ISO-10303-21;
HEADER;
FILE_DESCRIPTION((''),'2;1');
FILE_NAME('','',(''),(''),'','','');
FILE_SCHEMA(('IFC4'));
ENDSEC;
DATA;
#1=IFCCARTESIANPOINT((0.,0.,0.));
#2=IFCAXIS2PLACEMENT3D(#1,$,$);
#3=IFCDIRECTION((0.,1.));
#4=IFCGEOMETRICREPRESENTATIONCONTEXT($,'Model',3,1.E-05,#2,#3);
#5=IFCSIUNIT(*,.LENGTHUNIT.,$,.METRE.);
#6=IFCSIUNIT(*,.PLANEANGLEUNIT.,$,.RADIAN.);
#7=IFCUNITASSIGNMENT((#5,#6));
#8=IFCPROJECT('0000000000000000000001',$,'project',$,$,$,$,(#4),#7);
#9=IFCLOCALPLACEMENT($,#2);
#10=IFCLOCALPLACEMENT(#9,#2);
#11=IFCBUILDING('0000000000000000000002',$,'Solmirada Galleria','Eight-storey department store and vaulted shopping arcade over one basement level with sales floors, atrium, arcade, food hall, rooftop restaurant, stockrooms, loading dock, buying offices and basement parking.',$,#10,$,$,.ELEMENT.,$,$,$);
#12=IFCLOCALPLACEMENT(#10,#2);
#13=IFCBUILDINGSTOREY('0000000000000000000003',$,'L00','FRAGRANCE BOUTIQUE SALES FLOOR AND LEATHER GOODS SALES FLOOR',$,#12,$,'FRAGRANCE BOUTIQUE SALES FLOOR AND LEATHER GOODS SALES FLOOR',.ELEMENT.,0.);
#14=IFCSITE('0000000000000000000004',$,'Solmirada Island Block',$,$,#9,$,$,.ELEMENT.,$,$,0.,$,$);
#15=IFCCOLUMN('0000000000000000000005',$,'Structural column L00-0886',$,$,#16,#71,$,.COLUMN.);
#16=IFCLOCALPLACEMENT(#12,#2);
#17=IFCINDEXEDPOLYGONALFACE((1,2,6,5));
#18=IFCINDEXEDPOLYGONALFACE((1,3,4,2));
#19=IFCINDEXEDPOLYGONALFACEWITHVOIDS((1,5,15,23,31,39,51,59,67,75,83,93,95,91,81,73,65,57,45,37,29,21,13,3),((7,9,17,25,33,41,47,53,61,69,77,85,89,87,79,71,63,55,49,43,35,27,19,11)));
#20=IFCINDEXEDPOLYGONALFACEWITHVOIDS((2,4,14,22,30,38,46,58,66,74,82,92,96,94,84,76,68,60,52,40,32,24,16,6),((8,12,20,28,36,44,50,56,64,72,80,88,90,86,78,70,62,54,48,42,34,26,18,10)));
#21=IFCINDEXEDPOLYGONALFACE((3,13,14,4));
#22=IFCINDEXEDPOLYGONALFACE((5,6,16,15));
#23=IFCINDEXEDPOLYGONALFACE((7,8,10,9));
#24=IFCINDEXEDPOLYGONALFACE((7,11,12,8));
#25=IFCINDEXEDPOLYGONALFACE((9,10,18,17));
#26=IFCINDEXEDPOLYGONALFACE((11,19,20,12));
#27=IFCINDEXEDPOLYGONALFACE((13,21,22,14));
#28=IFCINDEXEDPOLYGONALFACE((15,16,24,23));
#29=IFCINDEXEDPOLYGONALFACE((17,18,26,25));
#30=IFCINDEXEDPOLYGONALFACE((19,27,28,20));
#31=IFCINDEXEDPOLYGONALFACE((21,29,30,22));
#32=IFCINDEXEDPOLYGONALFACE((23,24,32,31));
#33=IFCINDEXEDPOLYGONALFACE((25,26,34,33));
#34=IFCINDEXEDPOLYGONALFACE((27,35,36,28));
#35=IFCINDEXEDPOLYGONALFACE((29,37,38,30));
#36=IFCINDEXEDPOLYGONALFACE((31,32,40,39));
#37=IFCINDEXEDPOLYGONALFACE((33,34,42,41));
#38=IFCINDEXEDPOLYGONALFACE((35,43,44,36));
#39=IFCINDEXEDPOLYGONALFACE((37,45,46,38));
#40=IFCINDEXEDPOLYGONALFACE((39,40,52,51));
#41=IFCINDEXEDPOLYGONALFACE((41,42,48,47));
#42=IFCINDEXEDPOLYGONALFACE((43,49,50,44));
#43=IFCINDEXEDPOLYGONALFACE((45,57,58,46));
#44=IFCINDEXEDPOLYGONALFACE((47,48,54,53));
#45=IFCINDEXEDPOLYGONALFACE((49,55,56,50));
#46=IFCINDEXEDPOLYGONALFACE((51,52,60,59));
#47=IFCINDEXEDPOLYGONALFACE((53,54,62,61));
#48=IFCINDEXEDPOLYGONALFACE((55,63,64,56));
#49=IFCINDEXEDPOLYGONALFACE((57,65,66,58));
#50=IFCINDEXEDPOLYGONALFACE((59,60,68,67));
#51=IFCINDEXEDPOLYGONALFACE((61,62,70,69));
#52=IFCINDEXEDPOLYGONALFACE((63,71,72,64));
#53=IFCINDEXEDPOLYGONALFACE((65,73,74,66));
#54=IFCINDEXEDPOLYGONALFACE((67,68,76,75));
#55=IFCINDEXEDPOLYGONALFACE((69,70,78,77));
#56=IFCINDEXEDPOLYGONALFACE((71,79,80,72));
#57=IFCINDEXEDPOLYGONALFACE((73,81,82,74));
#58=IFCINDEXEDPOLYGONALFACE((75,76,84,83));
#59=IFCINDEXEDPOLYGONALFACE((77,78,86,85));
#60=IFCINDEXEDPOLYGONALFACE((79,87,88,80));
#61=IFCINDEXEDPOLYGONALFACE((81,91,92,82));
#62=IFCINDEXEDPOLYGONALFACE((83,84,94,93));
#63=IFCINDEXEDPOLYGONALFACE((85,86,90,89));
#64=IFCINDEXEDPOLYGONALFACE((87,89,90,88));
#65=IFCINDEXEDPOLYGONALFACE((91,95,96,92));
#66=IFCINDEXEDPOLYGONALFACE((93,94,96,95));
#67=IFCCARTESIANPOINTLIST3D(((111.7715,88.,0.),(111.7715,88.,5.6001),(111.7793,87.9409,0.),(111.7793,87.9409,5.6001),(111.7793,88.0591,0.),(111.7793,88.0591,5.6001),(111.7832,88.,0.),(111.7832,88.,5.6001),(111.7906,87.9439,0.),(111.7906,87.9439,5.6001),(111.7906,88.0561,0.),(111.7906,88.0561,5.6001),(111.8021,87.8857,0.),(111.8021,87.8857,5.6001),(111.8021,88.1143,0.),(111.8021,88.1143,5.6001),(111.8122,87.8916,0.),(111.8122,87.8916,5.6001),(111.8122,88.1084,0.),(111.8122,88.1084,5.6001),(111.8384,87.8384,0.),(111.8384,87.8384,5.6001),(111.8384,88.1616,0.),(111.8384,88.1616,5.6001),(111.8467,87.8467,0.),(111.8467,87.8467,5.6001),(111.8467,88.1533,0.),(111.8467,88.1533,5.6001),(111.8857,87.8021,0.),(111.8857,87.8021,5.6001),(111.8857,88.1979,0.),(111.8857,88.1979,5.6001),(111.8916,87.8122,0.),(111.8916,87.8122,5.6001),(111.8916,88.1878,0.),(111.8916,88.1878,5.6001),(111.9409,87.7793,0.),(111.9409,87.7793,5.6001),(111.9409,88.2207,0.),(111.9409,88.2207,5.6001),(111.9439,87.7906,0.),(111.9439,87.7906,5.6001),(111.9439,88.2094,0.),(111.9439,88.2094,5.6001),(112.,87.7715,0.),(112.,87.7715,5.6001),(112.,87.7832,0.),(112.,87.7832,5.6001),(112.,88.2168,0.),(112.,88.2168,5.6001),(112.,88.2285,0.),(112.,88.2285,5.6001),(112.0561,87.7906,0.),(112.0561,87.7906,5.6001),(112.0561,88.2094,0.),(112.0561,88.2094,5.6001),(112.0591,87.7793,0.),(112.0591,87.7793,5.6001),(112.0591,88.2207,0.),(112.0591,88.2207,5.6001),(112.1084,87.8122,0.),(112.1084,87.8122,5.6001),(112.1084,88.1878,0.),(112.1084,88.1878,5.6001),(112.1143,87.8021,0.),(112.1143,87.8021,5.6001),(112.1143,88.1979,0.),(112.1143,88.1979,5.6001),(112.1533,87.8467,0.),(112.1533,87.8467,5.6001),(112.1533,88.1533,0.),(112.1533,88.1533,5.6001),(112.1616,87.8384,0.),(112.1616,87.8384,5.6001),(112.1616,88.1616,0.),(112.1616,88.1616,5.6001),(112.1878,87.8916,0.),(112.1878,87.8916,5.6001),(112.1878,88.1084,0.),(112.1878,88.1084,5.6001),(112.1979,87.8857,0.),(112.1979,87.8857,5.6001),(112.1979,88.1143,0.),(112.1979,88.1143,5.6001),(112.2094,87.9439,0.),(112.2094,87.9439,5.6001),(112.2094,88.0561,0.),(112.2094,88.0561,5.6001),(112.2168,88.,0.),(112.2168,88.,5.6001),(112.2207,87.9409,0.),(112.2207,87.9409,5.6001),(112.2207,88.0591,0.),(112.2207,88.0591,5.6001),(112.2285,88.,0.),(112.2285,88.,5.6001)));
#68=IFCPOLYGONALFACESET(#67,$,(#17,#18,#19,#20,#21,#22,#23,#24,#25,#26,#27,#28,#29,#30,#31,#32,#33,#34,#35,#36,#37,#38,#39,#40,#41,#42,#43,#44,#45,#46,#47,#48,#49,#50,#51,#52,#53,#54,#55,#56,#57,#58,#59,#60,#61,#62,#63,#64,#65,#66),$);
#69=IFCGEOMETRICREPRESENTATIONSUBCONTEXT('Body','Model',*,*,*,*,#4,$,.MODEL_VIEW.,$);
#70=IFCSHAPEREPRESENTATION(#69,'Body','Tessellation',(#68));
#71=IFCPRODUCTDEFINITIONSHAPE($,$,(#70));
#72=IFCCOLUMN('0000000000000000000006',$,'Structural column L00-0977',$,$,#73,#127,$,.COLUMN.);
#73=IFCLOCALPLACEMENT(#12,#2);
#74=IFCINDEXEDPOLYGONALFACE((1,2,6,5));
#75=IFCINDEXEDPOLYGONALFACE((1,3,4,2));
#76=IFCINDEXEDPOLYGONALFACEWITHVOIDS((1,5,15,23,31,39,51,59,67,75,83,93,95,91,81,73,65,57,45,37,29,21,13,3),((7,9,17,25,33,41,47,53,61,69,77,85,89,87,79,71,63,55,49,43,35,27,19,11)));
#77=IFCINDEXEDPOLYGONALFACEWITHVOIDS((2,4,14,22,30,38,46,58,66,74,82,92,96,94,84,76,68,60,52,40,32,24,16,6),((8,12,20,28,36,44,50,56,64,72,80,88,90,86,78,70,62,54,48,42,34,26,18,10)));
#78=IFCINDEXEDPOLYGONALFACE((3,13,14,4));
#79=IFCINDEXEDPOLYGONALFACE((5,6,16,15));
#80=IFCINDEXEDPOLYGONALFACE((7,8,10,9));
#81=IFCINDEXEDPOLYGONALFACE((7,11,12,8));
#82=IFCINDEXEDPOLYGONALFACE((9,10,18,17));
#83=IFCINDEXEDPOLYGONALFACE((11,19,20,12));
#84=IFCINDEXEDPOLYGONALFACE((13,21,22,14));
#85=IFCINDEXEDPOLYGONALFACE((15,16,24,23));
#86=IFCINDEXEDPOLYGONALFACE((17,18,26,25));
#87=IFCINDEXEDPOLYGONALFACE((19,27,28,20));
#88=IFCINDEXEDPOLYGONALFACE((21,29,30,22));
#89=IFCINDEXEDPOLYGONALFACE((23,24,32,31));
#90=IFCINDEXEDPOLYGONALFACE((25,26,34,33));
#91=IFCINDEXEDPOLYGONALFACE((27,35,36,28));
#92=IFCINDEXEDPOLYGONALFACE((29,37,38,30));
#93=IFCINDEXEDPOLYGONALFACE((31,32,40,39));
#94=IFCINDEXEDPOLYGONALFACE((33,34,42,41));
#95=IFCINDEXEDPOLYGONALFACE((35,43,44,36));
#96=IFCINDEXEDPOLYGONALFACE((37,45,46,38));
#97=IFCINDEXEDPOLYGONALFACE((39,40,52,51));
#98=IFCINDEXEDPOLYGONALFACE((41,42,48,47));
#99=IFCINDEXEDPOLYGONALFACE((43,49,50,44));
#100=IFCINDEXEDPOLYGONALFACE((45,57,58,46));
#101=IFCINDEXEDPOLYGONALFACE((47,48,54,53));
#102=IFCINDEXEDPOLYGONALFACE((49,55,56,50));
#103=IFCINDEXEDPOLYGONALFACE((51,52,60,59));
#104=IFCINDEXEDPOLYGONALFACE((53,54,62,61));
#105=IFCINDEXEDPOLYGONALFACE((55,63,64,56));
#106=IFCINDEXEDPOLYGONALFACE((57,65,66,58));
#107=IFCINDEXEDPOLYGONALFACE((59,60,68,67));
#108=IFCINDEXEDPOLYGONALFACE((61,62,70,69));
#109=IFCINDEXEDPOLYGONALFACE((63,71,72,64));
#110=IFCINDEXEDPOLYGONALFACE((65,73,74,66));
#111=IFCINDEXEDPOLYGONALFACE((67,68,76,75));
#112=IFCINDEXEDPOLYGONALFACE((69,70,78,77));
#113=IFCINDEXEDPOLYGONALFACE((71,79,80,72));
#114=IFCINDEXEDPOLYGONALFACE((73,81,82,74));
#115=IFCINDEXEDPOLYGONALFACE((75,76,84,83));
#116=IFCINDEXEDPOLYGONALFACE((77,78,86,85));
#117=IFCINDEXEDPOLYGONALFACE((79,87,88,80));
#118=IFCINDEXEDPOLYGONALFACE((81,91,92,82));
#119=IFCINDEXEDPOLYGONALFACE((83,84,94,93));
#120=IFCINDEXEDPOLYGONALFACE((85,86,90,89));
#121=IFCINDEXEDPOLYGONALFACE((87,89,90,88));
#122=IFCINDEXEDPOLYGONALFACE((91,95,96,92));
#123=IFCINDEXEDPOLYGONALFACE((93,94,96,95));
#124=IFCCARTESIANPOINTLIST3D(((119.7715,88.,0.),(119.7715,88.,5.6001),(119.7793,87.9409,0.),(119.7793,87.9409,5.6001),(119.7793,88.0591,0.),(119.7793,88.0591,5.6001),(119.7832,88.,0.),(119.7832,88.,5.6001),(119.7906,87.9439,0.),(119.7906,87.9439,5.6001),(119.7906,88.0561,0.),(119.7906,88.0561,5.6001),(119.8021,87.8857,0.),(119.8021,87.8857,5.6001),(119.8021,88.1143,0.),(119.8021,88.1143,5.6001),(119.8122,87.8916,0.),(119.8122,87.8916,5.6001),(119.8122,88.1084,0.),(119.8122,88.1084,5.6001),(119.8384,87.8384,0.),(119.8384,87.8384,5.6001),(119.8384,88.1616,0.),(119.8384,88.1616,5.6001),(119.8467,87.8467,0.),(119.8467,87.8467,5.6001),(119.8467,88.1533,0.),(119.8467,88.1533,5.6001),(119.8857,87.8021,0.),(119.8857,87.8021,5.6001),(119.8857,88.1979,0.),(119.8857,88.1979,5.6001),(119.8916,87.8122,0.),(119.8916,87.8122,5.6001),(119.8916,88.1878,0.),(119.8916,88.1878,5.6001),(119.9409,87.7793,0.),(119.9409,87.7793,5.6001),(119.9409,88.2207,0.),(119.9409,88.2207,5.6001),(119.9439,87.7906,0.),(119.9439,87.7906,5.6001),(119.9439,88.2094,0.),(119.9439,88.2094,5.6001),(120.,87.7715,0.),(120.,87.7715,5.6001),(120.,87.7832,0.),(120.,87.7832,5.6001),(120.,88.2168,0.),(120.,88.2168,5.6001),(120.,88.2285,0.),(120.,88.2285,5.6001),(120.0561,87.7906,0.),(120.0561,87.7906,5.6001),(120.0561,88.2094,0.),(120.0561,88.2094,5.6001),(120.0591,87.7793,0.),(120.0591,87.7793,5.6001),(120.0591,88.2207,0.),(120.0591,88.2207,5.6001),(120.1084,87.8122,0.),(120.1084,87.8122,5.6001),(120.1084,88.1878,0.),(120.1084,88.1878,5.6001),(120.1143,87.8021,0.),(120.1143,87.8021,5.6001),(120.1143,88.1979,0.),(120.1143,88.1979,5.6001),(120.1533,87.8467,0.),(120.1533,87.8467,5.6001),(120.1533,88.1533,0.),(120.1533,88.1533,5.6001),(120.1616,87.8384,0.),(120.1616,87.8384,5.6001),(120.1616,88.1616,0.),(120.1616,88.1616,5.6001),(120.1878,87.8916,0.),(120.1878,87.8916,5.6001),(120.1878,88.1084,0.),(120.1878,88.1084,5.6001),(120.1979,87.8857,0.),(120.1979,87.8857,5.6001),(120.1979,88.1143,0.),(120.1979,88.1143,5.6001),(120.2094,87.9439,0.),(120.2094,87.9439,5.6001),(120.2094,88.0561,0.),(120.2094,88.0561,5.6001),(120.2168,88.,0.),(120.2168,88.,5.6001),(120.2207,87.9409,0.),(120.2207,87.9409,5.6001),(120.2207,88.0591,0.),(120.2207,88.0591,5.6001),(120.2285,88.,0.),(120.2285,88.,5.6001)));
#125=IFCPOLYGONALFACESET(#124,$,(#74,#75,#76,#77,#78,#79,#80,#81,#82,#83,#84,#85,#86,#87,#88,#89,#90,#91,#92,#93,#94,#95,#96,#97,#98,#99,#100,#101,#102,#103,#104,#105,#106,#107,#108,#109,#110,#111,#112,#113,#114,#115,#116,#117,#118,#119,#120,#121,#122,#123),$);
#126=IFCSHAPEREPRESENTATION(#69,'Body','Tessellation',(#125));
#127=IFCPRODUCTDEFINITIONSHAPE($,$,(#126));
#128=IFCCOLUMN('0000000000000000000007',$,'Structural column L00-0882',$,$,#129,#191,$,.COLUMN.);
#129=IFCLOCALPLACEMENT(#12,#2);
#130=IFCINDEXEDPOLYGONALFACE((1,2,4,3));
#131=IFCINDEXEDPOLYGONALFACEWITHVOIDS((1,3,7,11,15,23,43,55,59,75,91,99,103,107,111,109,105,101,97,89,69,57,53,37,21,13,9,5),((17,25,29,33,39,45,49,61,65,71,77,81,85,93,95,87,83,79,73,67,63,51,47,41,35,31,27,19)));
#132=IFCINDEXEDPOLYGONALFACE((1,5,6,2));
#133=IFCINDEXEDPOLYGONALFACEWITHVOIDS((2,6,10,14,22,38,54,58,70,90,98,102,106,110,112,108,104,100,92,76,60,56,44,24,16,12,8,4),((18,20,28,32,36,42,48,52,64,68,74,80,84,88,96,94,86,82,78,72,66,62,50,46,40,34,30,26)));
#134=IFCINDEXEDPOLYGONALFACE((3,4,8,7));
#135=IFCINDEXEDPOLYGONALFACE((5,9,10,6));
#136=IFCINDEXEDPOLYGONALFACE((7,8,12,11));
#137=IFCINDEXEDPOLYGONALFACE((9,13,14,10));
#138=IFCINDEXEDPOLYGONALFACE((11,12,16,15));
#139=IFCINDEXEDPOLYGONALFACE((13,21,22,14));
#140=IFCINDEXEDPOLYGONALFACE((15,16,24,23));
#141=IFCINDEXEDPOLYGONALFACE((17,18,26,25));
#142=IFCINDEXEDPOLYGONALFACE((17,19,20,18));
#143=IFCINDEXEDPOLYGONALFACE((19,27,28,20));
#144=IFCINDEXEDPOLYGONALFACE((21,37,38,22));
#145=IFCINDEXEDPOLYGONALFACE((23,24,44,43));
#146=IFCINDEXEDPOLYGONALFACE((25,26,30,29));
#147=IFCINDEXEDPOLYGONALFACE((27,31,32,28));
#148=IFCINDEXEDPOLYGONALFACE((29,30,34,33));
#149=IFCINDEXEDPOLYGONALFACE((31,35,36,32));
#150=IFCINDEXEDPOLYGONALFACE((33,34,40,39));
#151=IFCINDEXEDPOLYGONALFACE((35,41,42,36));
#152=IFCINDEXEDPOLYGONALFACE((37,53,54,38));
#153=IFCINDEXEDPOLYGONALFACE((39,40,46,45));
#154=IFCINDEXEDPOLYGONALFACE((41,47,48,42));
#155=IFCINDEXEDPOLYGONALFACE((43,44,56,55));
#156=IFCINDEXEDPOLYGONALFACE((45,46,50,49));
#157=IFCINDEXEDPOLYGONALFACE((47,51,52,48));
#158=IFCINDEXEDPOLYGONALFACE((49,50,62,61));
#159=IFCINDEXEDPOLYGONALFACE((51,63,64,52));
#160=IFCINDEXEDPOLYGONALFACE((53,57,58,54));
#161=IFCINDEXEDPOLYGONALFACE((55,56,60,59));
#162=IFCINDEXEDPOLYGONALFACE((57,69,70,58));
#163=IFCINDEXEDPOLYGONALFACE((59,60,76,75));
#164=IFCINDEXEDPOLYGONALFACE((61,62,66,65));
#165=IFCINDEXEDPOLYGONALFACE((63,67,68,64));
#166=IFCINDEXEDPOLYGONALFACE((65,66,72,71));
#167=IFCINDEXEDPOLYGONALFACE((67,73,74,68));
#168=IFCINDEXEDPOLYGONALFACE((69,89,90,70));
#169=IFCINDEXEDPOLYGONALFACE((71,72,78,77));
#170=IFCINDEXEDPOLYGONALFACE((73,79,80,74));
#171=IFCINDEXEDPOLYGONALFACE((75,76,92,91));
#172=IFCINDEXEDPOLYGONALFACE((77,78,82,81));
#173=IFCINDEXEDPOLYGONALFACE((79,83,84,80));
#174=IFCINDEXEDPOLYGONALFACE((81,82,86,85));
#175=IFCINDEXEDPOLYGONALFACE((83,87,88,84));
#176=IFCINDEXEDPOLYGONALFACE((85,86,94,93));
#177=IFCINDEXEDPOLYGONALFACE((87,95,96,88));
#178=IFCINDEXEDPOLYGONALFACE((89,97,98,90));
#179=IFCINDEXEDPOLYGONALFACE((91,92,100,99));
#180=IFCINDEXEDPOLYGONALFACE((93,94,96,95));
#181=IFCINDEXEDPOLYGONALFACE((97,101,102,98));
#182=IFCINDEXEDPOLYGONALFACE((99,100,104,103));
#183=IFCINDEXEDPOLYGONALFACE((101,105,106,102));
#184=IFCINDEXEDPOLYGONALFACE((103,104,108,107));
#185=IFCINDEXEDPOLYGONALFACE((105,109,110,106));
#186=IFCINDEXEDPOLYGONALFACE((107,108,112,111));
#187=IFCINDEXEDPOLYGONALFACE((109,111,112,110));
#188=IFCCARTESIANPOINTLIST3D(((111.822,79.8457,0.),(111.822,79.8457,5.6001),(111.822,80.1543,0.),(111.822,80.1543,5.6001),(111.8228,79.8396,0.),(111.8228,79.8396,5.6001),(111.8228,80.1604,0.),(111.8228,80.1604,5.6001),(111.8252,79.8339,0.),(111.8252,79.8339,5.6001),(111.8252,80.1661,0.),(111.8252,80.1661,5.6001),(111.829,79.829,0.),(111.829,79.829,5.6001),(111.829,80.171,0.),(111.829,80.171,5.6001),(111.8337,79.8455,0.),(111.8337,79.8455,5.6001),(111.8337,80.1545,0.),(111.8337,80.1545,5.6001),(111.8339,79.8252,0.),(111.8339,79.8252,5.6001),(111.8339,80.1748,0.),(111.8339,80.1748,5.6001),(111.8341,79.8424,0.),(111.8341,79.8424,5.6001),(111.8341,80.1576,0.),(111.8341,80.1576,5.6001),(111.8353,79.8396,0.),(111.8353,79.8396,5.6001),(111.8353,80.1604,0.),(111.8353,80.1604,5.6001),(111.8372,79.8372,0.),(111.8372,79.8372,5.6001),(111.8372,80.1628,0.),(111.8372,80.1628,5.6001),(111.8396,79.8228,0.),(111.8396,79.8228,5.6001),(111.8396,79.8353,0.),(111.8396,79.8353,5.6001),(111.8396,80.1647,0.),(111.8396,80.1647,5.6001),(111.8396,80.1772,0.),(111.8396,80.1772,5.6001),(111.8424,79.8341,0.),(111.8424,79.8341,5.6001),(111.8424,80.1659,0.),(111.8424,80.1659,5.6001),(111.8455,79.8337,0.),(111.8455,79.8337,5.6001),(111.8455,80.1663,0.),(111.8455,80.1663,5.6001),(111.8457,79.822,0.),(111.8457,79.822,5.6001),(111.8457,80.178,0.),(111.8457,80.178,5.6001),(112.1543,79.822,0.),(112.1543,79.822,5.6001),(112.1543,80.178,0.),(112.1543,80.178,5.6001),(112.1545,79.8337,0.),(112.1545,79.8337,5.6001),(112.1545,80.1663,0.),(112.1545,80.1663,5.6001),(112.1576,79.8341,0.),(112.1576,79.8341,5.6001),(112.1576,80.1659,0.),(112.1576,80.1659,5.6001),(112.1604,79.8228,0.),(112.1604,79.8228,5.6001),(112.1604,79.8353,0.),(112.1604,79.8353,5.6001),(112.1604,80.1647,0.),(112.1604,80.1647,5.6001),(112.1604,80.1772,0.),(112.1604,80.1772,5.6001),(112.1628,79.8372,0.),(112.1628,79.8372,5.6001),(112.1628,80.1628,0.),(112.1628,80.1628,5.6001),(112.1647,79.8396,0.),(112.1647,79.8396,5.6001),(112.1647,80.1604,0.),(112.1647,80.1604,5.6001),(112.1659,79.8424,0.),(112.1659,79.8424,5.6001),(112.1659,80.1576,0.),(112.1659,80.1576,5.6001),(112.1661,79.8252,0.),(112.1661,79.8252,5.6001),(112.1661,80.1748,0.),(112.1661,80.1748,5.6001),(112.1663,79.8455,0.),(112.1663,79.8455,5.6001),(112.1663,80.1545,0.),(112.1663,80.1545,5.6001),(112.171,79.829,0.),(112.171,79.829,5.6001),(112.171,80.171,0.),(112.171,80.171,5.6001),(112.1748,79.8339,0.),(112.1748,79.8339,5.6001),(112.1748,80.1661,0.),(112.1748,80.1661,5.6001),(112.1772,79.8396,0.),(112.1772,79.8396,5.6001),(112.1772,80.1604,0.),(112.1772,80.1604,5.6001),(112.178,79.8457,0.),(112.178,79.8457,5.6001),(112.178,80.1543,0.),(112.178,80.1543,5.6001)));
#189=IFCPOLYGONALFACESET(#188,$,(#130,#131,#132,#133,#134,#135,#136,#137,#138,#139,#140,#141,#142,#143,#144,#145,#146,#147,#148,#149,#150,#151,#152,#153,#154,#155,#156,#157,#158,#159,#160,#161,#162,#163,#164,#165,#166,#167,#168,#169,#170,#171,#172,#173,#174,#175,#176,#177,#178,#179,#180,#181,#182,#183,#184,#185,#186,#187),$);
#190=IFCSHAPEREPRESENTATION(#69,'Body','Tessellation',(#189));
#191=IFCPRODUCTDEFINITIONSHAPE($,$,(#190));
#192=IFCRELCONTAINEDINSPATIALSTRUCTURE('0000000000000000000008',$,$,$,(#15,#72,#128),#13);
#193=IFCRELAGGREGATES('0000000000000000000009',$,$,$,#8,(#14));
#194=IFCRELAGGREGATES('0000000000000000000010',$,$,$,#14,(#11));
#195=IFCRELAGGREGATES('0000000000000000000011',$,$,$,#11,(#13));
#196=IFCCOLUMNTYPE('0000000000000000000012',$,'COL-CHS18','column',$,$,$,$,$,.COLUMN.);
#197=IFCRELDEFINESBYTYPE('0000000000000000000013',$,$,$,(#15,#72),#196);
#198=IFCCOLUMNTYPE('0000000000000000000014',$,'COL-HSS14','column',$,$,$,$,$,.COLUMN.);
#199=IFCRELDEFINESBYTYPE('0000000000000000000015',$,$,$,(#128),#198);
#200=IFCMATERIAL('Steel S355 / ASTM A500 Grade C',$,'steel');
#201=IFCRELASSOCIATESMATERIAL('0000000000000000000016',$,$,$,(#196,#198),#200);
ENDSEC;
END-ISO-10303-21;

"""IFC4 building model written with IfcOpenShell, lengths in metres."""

from ifc_helpers import new_model, si_unit, direction, frame, origin, origin_2d, place, context, subcontext, project, spatial, hollow_rectangle, hollow_circle, extrude, material, material_profile, profile_set, type_object, element, save


model = new_model("IFC4")

# Units and contexts
model_context = context("Model", 3, precision=1e-05, world=origin(), true_north=direction((0.0, 1.0)))
body_context = subcontext(model_context, "Body", "Model", "MODEL_VIEW")
ifc_project = project(units=[si_unit("LENGTHUNIT", "METRE"), si_unit("PLANEANGLEUNIT", "RADIAN")], contexts=[model_context])

# Site, building, storey
site_placement = place(None, origin())
site = spatial("IfcSite", under=ifc_project, at=site_placement, Name="Solmirada Island Block", CompositionType="ELEMENT", RefElevation=0.0)
building_placement = place(site_placement, origin())
building = spatial("IfcBuilding", under=site, at=building_placement, Name="Solmirada Galleria", Description="Eight-storey department store and vaulted shopping arcade over one basement level with sales floors, atrium, arcade, food hall, rooftop restaurant, stockrooms, loading dock, buying offices and basement parking.", CompositionType="ELEMENT")
storey_placement = place(building_placement, origin())
storey = spatial("IfcBuildingStorey", under=building, at=storey_placement, Name="L00", Description="FRAGRANCE BOUTIQUE SALES FLOOR AND LEATHER GOODS SALES FLOOR", LongName="FRAGRANCE BOUTIQUE SALES FLOOR AND LEATHER GOODS SALES FLOOR", CompositionType="ELEMENT", Elevation=0.0)

# Columns
ifc_material_1 = material(Name="Steel S355 / ASTM A500 Grade C", Category="steel")
ifc_material_profile_1 = material_profile(ifc_material_1, hollow_circle(Radius=0.2285, WallThickness=0.0117, at=origin_2d()), Name="HSS18.000X0.500")
ifc_profile_set_1 = profile_set([ifc_material_profile_1], Name="Steel S355 / ASTM A500 Grade C")
column_type_1 = type_object("IfcColumnType", Name="COL-CHS18", Description="column", PredefinedType="COLUMN", material=ifc_profile_set_1)
for number, where, z_axis, x_axis, name in (
    (1, (112.0, 88.0, 0.0), (0.0, 0.0, 1.0), (1.0, 0.0, 0.0), "Structural column L00-0886"),
    (2, (120.0, 88.0, 0.0), (0.0, 0.0, 1.0), (1.0, 0.0, 0.0), "Structural column L00-0977"),
):
    element("IfcColumn", number, at=place(storey_placement, frame(where, z_axis=z_axis, x_axis=x_axis)), inside=storey, type_object=column_type_1, Name=name, PredefinedType="COLUMN", context=body_context, shape_type="SweptSolid", body=[
        extrude(hollow_circle(Radius=0.2285, WallThickness=0.0117, at=origin_2d()), origin(), (0.0, 0.0, 1.0), 5.6001),
    ])
ifc_material_profile_2 = material_profile(ifc_material_1, hollow_rectangle(XDim=0.356, YDim=0.356, WallThickness=0.0117, InnerFilletRadius=0.0117, OuterFilletRadius=0.0237, at=origin_2d()), Name="HSS14X14X1/2")
ifc_profile_set_2 = profile_set([ifc_material_profile_2], Name="Steel S355 / ASTM A500 Grade C")
column_type_2 = type_object("IfcColumnType", Name="COL-HSS14", Description="column", PredefinedType="COLUMN", material=ifc_profile_set_2)
for number, where, z_axis, x_axis, name in (
    (3, (112.0, 80.0, 0.0), (0.0, 0.0, 1.0), (1.0, 0.0, 0.0), "Structural column L00-0882"),
):
    element("IfcColumn", number, at=place(storey_placement, frame(where, z_axis=z_axis, x_axis=x_axis)), inside=storey, type_object=column_type_2, Name=name, PredefinedType="COLUMN", context=body_context, shape_type="SweptSolid", body=[
        extrude(hollow_rectangle(XDim=0.356, YDim=0.356, WallThickness=0.0117, InnerFilletRadius=0.0117, OuterFilletRadius=0.0237, at=origin_2d()), origin(), (0.0, 0.0, 1.0), 5.6001),
    ])

save(model, "model.ifc")
